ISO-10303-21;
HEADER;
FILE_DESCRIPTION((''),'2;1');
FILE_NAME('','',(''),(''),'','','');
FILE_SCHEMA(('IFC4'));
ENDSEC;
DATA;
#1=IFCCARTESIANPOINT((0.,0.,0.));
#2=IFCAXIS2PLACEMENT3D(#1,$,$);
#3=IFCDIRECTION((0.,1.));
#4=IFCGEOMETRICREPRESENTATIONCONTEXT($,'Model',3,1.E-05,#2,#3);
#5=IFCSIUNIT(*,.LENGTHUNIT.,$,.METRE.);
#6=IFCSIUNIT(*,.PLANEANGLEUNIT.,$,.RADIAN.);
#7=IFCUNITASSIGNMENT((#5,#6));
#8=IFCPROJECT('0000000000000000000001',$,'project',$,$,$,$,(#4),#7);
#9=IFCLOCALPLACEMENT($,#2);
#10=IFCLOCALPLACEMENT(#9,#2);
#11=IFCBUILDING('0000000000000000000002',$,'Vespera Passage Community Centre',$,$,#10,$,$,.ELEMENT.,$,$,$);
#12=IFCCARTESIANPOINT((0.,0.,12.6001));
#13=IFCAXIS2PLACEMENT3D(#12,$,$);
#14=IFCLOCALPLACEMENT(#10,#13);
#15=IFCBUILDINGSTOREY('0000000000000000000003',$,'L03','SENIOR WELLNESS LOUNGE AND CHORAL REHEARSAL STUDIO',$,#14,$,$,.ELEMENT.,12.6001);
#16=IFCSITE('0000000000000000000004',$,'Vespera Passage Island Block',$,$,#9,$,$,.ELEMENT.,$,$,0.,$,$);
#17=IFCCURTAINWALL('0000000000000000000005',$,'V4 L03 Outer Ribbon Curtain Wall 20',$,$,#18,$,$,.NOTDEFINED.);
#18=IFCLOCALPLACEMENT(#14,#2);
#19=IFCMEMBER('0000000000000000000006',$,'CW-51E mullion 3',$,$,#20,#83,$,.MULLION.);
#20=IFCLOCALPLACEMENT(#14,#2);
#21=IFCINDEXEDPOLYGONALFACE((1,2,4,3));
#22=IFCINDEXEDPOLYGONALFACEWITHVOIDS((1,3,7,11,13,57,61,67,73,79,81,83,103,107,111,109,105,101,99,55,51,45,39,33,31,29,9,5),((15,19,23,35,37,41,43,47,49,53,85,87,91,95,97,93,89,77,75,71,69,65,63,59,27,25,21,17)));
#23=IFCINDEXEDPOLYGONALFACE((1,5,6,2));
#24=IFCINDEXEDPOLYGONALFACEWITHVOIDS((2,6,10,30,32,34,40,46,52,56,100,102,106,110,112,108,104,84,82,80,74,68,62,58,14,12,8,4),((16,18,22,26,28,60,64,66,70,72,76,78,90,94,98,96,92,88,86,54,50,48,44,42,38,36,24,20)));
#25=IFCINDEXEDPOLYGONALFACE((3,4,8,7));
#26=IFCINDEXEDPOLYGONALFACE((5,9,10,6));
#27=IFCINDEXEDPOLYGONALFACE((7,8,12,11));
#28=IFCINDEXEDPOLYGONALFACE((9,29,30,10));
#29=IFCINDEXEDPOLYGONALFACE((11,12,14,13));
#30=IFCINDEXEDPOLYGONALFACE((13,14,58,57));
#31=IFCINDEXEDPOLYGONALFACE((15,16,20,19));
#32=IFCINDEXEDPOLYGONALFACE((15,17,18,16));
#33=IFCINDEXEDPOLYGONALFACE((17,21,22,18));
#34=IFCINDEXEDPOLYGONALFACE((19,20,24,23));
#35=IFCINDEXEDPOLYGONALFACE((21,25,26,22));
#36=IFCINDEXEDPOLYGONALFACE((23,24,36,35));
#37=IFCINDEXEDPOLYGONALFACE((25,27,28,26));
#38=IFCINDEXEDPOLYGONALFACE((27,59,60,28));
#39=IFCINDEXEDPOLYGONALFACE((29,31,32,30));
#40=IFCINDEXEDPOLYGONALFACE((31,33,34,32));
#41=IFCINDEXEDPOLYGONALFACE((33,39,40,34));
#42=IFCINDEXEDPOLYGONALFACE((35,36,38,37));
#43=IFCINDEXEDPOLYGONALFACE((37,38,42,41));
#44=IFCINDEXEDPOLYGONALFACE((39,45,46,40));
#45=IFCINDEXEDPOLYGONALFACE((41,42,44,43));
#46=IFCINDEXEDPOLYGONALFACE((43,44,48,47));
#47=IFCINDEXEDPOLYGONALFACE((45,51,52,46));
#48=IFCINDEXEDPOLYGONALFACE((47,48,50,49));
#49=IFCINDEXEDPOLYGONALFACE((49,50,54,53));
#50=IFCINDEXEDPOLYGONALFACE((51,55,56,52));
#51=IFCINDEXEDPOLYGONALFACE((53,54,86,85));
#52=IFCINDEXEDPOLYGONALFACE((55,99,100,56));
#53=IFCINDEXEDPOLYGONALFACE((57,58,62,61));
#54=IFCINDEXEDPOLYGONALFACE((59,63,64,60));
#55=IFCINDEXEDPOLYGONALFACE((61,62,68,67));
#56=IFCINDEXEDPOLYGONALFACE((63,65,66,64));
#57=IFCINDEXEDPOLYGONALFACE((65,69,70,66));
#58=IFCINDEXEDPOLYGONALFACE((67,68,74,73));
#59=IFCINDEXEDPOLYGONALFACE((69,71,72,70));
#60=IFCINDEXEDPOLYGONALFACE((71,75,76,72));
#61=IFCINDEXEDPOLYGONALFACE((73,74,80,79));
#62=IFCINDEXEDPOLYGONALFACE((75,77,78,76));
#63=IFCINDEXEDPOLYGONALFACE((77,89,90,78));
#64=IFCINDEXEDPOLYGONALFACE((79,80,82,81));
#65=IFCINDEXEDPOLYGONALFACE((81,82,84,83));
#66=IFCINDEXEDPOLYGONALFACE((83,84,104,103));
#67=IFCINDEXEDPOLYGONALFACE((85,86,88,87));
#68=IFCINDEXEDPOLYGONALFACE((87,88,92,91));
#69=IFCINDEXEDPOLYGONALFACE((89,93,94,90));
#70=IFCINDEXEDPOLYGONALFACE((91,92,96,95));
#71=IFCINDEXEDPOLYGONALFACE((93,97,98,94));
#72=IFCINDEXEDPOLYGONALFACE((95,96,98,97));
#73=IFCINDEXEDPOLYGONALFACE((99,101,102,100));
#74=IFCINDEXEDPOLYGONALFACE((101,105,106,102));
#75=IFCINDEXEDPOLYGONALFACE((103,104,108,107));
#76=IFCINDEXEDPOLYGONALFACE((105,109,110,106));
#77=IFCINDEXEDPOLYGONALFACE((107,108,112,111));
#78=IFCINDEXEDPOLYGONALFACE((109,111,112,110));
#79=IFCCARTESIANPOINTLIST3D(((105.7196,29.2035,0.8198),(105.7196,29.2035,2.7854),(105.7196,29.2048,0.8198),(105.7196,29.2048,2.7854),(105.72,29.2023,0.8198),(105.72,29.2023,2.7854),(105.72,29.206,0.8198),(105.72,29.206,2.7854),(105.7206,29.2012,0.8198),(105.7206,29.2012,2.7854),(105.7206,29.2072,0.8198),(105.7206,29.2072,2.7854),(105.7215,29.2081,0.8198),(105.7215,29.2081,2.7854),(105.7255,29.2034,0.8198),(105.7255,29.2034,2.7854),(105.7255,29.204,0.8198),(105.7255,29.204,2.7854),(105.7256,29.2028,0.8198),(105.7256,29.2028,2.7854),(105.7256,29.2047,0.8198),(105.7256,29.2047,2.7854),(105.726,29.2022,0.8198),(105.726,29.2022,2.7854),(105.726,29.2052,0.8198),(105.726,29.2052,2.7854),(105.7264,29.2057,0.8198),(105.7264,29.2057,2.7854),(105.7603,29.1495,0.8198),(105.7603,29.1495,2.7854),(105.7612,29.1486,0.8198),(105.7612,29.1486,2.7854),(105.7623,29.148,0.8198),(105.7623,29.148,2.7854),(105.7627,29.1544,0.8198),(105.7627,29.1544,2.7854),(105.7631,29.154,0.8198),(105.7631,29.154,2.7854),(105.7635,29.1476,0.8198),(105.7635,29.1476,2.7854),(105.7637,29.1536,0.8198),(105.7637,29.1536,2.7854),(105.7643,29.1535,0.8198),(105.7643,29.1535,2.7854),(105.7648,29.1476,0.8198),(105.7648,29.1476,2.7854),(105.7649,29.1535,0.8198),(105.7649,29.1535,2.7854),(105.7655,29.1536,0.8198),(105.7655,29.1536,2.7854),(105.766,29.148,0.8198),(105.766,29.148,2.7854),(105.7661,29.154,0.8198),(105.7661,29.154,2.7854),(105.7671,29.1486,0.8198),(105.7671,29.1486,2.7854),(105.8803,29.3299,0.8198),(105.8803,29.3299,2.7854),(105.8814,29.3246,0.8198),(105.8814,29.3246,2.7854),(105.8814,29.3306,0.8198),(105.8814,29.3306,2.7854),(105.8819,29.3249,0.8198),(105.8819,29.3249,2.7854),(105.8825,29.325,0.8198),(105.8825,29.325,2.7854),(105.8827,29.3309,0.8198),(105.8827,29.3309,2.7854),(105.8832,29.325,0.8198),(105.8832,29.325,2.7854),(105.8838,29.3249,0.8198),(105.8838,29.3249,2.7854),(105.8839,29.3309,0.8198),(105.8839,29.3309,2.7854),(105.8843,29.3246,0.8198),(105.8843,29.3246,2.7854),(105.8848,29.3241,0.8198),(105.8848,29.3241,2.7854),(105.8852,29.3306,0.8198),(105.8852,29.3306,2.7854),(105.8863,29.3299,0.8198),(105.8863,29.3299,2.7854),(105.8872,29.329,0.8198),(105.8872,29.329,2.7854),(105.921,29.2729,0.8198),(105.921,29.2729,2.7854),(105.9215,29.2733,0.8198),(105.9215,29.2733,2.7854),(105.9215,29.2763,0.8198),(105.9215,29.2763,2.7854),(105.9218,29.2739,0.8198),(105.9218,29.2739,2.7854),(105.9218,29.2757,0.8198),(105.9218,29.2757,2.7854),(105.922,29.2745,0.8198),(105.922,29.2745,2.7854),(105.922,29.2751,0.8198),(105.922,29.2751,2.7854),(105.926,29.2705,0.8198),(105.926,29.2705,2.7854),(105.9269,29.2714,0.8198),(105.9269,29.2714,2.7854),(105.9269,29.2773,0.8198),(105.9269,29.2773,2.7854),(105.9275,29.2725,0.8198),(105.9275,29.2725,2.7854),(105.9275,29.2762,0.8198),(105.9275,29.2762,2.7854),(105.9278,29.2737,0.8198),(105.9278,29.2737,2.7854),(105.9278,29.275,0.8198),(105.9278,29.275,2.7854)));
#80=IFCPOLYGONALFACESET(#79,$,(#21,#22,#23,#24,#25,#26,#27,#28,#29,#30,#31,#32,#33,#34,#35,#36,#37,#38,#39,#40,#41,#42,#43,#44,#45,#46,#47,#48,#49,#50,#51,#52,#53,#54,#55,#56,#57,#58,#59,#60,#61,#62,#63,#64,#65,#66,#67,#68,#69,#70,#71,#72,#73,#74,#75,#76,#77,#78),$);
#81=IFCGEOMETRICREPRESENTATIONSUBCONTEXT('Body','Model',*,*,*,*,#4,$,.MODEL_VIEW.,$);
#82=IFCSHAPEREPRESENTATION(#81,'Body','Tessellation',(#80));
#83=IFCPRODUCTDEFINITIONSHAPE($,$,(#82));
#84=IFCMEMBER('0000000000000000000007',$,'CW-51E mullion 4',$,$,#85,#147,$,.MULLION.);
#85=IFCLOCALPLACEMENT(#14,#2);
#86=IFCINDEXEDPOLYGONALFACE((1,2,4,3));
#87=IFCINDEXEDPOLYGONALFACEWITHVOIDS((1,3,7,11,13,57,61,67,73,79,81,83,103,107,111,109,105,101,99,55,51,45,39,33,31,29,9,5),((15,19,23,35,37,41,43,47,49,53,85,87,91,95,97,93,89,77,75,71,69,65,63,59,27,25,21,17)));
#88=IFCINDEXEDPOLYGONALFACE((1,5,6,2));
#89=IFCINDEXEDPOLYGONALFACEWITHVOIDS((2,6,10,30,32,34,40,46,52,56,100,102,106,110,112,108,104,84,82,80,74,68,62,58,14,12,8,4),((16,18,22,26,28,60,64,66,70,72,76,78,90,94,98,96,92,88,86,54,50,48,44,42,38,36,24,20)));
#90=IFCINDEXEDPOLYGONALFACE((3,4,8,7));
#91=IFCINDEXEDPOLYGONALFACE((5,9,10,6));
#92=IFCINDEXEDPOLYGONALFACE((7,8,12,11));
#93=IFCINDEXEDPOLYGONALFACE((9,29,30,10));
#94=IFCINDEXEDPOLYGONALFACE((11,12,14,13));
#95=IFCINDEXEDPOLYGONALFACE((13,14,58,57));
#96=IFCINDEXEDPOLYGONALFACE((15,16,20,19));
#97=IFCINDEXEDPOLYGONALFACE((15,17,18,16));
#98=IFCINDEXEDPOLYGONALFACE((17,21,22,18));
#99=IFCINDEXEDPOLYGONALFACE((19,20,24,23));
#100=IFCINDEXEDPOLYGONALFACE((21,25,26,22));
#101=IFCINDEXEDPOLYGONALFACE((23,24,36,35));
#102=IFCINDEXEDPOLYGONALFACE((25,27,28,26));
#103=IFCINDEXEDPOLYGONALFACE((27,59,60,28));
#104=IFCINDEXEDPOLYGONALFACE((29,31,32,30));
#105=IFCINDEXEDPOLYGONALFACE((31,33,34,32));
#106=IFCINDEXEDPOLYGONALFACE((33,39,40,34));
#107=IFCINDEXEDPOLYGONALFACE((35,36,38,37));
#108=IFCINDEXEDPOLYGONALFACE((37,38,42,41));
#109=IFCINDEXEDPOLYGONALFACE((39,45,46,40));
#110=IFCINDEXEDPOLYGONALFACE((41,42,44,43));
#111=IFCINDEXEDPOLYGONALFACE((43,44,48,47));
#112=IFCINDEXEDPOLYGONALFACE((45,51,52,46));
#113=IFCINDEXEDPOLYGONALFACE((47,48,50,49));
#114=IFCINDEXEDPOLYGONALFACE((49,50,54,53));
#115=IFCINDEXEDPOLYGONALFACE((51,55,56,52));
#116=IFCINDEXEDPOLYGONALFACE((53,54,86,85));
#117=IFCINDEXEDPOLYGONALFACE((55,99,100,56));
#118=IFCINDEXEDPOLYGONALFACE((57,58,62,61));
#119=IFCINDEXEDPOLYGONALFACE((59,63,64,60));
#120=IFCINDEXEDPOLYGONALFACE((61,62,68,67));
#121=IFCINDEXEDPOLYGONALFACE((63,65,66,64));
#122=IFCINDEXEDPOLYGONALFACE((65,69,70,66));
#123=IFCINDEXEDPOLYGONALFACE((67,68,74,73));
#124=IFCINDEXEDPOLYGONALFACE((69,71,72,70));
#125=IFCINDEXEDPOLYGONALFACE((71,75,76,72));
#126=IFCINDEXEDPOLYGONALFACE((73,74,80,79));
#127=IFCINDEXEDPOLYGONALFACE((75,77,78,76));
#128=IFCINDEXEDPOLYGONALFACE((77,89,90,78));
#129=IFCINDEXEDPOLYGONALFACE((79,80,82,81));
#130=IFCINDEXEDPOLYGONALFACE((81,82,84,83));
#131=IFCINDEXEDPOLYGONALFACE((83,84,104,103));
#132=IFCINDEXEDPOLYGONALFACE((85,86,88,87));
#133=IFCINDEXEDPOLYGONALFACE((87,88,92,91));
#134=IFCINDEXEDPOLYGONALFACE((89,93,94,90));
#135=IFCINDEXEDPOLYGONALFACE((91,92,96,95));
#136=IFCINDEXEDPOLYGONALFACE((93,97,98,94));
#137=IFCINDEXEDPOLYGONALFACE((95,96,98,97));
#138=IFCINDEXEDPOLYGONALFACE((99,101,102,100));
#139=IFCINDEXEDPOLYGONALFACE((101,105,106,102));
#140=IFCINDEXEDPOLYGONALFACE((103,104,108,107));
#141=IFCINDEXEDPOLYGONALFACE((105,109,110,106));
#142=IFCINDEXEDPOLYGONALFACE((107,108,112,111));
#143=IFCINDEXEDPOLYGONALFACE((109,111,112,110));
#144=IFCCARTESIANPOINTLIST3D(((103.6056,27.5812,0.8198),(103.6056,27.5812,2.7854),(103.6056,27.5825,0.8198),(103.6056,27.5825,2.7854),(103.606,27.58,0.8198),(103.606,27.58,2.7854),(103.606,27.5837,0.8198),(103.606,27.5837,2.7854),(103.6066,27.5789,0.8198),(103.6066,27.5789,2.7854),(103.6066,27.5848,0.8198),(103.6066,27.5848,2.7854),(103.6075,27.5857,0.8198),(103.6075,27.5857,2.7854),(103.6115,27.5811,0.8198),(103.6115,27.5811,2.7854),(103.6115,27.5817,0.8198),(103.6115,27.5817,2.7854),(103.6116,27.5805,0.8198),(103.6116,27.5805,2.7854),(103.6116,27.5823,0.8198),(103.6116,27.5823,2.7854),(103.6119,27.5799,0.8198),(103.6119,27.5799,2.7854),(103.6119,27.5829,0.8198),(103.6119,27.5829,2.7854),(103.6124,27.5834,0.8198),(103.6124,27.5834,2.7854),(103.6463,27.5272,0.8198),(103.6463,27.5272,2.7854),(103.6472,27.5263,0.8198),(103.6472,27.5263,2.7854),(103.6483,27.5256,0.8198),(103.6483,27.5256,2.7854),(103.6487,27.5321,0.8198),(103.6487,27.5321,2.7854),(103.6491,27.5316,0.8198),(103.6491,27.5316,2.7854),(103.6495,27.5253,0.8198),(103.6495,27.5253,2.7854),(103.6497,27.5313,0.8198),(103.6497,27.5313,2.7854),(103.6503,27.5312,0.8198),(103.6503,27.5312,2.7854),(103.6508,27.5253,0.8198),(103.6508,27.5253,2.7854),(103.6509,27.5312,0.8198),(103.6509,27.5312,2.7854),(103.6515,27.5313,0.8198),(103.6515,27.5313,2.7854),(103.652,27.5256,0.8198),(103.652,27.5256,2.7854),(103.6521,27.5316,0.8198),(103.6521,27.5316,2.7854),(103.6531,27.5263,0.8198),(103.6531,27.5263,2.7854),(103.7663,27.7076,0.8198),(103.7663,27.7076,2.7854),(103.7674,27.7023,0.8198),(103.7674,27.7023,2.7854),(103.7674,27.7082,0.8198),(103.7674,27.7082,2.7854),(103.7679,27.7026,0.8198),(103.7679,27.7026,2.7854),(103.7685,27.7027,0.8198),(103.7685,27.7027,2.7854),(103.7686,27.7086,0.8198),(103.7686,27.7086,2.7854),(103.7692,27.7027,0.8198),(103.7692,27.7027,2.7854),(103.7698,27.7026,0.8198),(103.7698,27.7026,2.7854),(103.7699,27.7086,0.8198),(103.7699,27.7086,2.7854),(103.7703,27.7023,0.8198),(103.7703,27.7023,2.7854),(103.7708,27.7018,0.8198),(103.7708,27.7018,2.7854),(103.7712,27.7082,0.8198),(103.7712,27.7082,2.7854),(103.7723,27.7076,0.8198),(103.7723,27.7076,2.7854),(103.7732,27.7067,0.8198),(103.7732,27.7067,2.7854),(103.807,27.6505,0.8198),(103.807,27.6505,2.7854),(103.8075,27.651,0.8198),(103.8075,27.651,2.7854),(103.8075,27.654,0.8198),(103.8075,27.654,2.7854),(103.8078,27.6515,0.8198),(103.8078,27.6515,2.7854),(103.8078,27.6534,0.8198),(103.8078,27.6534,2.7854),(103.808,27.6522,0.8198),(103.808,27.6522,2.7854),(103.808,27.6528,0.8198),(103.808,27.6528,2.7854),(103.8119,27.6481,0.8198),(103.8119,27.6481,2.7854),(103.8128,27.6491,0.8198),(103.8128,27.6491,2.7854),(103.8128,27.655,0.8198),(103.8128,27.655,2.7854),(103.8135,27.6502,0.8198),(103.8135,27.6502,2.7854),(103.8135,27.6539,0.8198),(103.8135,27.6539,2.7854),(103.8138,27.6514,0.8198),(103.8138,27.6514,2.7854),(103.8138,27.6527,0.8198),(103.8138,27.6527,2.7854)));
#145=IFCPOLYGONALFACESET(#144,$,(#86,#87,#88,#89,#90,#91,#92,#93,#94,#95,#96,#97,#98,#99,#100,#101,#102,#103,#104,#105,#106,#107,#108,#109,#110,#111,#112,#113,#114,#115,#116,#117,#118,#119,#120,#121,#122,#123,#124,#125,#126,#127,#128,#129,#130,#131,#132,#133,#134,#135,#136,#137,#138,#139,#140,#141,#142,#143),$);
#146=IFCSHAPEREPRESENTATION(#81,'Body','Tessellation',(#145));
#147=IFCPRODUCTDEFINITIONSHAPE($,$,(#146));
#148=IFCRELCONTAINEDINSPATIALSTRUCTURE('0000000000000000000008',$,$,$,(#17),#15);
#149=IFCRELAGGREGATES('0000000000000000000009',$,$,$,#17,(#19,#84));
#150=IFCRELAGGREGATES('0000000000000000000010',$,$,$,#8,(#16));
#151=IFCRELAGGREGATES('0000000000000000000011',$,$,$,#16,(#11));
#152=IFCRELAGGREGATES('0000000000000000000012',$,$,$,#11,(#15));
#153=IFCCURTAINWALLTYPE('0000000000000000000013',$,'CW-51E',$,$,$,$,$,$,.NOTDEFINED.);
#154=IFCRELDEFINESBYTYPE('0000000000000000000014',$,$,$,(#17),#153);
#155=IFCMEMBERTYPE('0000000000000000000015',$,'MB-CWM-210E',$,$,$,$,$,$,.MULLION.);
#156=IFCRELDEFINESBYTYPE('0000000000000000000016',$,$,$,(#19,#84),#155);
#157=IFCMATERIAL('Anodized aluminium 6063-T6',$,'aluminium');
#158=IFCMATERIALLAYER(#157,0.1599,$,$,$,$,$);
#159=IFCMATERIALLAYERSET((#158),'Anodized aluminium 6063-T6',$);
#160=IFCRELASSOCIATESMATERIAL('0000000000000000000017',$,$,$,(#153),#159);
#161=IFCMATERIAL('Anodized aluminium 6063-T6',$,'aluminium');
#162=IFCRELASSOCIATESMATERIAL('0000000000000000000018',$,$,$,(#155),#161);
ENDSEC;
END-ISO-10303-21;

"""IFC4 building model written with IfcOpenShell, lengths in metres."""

from ifc_helpers import new_model, si_unit, direction, frame, origin, origin_2d, place, context, subcontext, project, spatial, hollow_rectangle, extrude, material, layer, layer_set, material_profile, profile_set, type_object, element, aggregate, save


model = new_model("IFC4")

# Units and contexts
model_context = context("Model", 3, precision=1e-05, world=origin(), true_north=direction((0.0, 1.0)))
body_context = subcontext(model_context, "Body", "Model", "MODEL_VIEW")
ifc_project = project(units=[si_unit("LENGTHUNIT", "METRE"), si_unit("PLANEANGLEUNIT", "RADIAN")], contexts=[model_context])

# Site, building, storey
site_placement = place(None, origin())
site = spatial("IfcSite", under=ifc_project, at=site_placement, Name="Vespera Passage Island Block", CompositionType="ELEMENT", RefElevation=0.0)
building_placement = place(site_placement, origin())
building = spatial("IfcBuilding", under=site, at=building_placement, Name="Vespera Passage Community Centre", CompositionType="ELEMENT")
storey_placement = place(building_placement, frame((0.0, 0.0, 12.6001)))
storey = spatial("IfcBuildingStorey", under=building, at=storey_placement, Name="L03", Description="SENIOR WELLNESS LOUNGE AND CHORAL REHEARSAL STUDIO", CompositionType="ELEMENT", Elevation=12.6001)

# Curtain wall, members
ifc_material_1 = material(Name="Anodized aluminium 6063-T6", Category="aluminium")
ifc_layer_1 = layer(ifc_material_1, 0.1599)
ifc_layer_set_1 = layer_set([ifc_layer_1], Name="Anodized aluminium 6063-T6")
curtain_wall_type = type_object("IfcCurtainWallType", Name="CW-51E", PredefinedType="NOTDEFINED", material=ifc_layer_set_1)
curtain_wall_placement = place(storey_placement, origin())
curtain_wall = element("IfcCurtainWall", 1, at=curtain_wall_placement, inside=storey, type_object=curtain_wall_type, Name="V4 L03 Outer Ribbon Curtain Wall 20", PredefinedType="NOTDEFINED")
ifc_material_2 = material(Name="Anodized aluminium 6063-T6", Category="aluminium")
ifc_material_profile_1 = material_profile(ifc_material_2, hollow_rectangle(XDim=0.075, YDim=0.21, WallThickness=0.0049, InnerFilletRadius=0.0024, OuterFilletRadius=0.0049, at=origin_2d()), Name="ALU210X75X5")
ifc_profile_set_1 = profile_set([ifc_material_profile_1], Name="Anodized aluminium 6063-T6")
member_type_1 = type_object("IfcMemberType", Name="MB-CWM-210E", PredefinedType="MULLION", material=ifc_profile_set_1)
member_1_placement = place(storey_placement, frame((105.8237, 29.2393, 0.8198), z_axis=(0.0, 0.0, 1.0), x_axis=(0.608772, -0.793345, 0.0)))
member_1 = element("IfcMember", 2, at=member_1_placement, type_object=member_type_1, Name="CW-51E mullion 3", PredefinedType="MULLION", context=body_context, shape_type="SweptSolid", body=[
    extrude(hollow_rectangle(XDim=0.075, YDim=0.21, WallThickness=0.0049, InnerFilletRadius=0.0024, OuterFilletRadius=0.0049, at=origin_2d()), origin(), (0.0, 0.0, 1.0), 1.9656),
])
member_2_placement = place(storey_placement, frame((103.7097, 27.6169, 0.8198), z_axis=(0.0, 0.0, 1.0), x_axis=(0.608772, -0.793345, 0.0)))
member_2 = element("IfcMember", 3, at=member_2_placement, type_object=member_type_1, Name="CW-51E mullion 4", PredefinedType="MULLION", context=body_context, shape_type="SweptSolid", body=[
    extrude(hollow_rectangle(XDim=0.075, YDim=0.21, WallThickness=0.0049, InnerFilletRadius=0.0024, OuterFilletRadius=0.0049, at=origin_2d()), origin(), (0.0, 0.0, 1.0), 1.9656),
])
aggregate(curtain_wall, [member_1, member_2])

save(model, "model.ifc")
